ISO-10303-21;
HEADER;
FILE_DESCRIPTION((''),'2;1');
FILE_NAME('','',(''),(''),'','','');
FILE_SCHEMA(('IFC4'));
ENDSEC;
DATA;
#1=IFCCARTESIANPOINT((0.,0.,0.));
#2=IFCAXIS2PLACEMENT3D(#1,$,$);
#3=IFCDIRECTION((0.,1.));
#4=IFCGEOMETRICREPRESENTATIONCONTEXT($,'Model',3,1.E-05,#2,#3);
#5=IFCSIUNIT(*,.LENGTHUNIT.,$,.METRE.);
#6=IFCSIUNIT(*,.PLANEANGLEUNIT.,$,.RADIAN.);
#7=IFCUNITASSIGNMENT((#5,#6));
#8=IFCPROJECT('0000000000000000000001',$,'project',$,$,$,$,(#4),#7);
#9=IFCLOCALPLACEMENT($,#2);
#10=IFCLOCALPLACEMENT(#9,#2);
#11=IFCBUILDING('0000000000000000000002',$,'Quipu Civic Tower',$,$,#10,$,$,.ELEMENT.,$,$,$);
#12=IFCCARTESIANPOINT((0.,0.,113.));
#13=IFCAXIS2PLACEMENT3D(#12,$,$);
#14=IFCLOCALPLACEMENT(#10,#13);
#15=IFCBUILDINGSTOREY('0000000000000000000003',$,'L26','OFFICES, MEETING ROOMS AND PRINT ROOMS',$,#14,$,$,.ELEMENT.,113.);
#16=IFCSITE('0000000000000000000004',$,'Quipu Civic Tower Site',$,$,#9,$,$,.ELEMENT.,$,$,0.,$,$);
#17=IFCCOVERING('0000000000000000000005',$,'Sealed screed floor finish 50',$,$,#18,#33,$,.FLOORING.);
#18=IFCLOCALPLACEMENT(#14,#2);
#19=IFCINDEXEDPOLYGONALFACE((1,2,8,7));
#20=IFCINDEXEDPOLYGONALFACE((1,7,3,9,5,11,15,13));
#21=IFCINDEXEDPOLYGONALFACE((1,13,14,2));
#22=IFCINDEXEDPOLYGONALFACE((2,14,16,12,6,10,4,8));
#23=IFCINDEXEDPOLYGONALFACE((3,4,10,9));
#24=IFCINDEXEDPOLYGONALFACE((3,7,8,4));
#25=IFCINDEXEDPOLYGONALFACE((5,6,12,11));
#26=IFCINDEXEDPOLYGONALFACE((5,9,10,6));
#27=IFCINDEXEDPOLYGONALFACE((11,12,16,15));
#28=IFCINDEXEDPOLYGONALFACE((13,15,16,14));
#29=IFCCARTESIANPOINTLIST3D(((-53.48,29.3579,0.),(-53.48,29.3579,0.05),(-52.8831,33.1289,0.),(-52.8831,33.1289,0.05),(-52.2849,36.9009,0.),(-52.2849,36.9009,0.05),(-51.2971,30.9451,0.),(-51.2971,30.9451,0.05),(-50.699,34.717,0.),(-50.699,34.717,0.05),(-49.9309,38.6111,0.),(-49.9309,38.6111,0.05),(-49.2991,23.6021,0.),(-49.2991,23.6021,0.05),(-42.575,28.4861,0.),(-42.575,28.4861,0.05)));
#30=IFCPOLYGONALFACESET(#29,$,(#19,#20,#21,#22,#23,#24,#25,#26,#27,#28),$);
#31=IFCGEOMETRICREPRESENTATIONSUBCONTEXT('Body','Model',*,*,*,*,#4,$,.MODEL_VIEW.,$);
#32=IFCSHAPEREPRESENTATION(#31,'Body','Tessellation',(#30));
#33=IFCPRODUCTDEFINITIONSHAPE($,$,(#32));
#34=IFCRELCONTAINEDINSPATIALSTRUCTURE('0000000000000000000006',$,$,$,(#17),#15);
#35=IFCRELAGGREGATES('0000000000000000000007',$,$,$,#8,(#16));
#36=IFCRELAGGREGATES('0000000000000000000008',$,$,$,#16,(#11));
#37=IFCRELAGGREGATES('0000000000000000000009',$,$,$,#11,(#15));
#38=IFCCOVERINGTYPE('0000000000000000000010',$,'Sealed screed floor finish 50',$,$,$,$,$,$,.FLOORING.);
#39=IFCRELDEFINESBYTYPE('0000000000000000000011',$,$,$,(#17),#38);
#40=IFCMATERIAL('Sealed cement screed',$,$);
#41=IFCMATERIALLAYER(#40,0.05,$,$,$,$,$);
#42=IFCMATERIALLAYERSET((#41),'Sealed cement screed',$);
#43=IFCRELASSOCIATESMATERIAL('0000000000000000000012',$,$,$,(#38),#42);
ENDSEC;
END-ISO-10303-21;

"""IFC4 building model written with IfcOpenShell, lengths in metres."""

from ifc_helpers import new_model, si_unit, direction, frame, origin, place, context, subcontext, project, spatial, polyline, outline, extrude, material, layer, layer_set, type_object, element, save


model = new_model("IFC4")

# Units and contexts
model_context = context("Model", 3, precision=1e-05, world=origin(), true_north=direction((0.0, 1.0)))
body_context = subcontext(model_context, "Body", "Model", "MODEL_VIEW")
ifc_project = project(units=[si_unit("LENGTHUNIT", "METRE"), si_unit("PLANEANGLEUNIT", "RADIAN")], contexts=[model_context])

# Site, building, storey
site_placement = place(None, origin())
site = spatial("IfcSite", under=ifc_project, at=site_placement, Name="Quipu Civic Tower Site", CompositionType="ELEMENT", RefElevation=0.0)
building_placement = place(site_placement, origin())
building = spatial("IfcBuilding", under=site, at=building_placement, Name="Quipu Civic Tower", CompositionType="ELEMENT")
storey_placement = place(building_placement, frame((0.0, 0.0, 113.0)))
storey = spatial("IfcBuildingStorey", under=building, at=storey_placement, Name="L26", Description="OFFICES, MEETING ROOMS AND PRINT ROOMS", CompositionType="ELEMENT", Elevation=113.0)

# Covering
ifc_material_1 = material(Name="Sealed cement screed")
ifc_layer_1 = layer(ifc_material_1, 0.05)
ifc_layer_set_1 = layer_set([ifc_layer_1], Name="Sealed cement screed")
covering_type_1 = type_object("IfcCoveringType", Name="Sealed screed floor finish 50", PredefinedType="FLOORING", material=ifc_layer_set_1)
covering_1_placement = place(storey_placement, origin())
element("IfcCovering", 1, at=covering_1_placement, inside=storey, type_object=covering_type_1, Name="Sealed screed floor finish 50", PredefinedType="FLOORING", context=body_context, shape_type="SweptSolid", body=[
    extrude(outline(polyline([(-53.48, 29.3579), (-51.2971, 30.9451), (-52.8831, 33.1289), (-50.699, 34.717), (-52.2849, 36.9009), (-49.9309, 38.6111), (-42.575, 28.4861), (-49.2991, 23.6021), (-53.48, 29.3579)])), origin(), (0.0, 0.0, 1.0), 0.05),
])

save(model, "model.ifc")
